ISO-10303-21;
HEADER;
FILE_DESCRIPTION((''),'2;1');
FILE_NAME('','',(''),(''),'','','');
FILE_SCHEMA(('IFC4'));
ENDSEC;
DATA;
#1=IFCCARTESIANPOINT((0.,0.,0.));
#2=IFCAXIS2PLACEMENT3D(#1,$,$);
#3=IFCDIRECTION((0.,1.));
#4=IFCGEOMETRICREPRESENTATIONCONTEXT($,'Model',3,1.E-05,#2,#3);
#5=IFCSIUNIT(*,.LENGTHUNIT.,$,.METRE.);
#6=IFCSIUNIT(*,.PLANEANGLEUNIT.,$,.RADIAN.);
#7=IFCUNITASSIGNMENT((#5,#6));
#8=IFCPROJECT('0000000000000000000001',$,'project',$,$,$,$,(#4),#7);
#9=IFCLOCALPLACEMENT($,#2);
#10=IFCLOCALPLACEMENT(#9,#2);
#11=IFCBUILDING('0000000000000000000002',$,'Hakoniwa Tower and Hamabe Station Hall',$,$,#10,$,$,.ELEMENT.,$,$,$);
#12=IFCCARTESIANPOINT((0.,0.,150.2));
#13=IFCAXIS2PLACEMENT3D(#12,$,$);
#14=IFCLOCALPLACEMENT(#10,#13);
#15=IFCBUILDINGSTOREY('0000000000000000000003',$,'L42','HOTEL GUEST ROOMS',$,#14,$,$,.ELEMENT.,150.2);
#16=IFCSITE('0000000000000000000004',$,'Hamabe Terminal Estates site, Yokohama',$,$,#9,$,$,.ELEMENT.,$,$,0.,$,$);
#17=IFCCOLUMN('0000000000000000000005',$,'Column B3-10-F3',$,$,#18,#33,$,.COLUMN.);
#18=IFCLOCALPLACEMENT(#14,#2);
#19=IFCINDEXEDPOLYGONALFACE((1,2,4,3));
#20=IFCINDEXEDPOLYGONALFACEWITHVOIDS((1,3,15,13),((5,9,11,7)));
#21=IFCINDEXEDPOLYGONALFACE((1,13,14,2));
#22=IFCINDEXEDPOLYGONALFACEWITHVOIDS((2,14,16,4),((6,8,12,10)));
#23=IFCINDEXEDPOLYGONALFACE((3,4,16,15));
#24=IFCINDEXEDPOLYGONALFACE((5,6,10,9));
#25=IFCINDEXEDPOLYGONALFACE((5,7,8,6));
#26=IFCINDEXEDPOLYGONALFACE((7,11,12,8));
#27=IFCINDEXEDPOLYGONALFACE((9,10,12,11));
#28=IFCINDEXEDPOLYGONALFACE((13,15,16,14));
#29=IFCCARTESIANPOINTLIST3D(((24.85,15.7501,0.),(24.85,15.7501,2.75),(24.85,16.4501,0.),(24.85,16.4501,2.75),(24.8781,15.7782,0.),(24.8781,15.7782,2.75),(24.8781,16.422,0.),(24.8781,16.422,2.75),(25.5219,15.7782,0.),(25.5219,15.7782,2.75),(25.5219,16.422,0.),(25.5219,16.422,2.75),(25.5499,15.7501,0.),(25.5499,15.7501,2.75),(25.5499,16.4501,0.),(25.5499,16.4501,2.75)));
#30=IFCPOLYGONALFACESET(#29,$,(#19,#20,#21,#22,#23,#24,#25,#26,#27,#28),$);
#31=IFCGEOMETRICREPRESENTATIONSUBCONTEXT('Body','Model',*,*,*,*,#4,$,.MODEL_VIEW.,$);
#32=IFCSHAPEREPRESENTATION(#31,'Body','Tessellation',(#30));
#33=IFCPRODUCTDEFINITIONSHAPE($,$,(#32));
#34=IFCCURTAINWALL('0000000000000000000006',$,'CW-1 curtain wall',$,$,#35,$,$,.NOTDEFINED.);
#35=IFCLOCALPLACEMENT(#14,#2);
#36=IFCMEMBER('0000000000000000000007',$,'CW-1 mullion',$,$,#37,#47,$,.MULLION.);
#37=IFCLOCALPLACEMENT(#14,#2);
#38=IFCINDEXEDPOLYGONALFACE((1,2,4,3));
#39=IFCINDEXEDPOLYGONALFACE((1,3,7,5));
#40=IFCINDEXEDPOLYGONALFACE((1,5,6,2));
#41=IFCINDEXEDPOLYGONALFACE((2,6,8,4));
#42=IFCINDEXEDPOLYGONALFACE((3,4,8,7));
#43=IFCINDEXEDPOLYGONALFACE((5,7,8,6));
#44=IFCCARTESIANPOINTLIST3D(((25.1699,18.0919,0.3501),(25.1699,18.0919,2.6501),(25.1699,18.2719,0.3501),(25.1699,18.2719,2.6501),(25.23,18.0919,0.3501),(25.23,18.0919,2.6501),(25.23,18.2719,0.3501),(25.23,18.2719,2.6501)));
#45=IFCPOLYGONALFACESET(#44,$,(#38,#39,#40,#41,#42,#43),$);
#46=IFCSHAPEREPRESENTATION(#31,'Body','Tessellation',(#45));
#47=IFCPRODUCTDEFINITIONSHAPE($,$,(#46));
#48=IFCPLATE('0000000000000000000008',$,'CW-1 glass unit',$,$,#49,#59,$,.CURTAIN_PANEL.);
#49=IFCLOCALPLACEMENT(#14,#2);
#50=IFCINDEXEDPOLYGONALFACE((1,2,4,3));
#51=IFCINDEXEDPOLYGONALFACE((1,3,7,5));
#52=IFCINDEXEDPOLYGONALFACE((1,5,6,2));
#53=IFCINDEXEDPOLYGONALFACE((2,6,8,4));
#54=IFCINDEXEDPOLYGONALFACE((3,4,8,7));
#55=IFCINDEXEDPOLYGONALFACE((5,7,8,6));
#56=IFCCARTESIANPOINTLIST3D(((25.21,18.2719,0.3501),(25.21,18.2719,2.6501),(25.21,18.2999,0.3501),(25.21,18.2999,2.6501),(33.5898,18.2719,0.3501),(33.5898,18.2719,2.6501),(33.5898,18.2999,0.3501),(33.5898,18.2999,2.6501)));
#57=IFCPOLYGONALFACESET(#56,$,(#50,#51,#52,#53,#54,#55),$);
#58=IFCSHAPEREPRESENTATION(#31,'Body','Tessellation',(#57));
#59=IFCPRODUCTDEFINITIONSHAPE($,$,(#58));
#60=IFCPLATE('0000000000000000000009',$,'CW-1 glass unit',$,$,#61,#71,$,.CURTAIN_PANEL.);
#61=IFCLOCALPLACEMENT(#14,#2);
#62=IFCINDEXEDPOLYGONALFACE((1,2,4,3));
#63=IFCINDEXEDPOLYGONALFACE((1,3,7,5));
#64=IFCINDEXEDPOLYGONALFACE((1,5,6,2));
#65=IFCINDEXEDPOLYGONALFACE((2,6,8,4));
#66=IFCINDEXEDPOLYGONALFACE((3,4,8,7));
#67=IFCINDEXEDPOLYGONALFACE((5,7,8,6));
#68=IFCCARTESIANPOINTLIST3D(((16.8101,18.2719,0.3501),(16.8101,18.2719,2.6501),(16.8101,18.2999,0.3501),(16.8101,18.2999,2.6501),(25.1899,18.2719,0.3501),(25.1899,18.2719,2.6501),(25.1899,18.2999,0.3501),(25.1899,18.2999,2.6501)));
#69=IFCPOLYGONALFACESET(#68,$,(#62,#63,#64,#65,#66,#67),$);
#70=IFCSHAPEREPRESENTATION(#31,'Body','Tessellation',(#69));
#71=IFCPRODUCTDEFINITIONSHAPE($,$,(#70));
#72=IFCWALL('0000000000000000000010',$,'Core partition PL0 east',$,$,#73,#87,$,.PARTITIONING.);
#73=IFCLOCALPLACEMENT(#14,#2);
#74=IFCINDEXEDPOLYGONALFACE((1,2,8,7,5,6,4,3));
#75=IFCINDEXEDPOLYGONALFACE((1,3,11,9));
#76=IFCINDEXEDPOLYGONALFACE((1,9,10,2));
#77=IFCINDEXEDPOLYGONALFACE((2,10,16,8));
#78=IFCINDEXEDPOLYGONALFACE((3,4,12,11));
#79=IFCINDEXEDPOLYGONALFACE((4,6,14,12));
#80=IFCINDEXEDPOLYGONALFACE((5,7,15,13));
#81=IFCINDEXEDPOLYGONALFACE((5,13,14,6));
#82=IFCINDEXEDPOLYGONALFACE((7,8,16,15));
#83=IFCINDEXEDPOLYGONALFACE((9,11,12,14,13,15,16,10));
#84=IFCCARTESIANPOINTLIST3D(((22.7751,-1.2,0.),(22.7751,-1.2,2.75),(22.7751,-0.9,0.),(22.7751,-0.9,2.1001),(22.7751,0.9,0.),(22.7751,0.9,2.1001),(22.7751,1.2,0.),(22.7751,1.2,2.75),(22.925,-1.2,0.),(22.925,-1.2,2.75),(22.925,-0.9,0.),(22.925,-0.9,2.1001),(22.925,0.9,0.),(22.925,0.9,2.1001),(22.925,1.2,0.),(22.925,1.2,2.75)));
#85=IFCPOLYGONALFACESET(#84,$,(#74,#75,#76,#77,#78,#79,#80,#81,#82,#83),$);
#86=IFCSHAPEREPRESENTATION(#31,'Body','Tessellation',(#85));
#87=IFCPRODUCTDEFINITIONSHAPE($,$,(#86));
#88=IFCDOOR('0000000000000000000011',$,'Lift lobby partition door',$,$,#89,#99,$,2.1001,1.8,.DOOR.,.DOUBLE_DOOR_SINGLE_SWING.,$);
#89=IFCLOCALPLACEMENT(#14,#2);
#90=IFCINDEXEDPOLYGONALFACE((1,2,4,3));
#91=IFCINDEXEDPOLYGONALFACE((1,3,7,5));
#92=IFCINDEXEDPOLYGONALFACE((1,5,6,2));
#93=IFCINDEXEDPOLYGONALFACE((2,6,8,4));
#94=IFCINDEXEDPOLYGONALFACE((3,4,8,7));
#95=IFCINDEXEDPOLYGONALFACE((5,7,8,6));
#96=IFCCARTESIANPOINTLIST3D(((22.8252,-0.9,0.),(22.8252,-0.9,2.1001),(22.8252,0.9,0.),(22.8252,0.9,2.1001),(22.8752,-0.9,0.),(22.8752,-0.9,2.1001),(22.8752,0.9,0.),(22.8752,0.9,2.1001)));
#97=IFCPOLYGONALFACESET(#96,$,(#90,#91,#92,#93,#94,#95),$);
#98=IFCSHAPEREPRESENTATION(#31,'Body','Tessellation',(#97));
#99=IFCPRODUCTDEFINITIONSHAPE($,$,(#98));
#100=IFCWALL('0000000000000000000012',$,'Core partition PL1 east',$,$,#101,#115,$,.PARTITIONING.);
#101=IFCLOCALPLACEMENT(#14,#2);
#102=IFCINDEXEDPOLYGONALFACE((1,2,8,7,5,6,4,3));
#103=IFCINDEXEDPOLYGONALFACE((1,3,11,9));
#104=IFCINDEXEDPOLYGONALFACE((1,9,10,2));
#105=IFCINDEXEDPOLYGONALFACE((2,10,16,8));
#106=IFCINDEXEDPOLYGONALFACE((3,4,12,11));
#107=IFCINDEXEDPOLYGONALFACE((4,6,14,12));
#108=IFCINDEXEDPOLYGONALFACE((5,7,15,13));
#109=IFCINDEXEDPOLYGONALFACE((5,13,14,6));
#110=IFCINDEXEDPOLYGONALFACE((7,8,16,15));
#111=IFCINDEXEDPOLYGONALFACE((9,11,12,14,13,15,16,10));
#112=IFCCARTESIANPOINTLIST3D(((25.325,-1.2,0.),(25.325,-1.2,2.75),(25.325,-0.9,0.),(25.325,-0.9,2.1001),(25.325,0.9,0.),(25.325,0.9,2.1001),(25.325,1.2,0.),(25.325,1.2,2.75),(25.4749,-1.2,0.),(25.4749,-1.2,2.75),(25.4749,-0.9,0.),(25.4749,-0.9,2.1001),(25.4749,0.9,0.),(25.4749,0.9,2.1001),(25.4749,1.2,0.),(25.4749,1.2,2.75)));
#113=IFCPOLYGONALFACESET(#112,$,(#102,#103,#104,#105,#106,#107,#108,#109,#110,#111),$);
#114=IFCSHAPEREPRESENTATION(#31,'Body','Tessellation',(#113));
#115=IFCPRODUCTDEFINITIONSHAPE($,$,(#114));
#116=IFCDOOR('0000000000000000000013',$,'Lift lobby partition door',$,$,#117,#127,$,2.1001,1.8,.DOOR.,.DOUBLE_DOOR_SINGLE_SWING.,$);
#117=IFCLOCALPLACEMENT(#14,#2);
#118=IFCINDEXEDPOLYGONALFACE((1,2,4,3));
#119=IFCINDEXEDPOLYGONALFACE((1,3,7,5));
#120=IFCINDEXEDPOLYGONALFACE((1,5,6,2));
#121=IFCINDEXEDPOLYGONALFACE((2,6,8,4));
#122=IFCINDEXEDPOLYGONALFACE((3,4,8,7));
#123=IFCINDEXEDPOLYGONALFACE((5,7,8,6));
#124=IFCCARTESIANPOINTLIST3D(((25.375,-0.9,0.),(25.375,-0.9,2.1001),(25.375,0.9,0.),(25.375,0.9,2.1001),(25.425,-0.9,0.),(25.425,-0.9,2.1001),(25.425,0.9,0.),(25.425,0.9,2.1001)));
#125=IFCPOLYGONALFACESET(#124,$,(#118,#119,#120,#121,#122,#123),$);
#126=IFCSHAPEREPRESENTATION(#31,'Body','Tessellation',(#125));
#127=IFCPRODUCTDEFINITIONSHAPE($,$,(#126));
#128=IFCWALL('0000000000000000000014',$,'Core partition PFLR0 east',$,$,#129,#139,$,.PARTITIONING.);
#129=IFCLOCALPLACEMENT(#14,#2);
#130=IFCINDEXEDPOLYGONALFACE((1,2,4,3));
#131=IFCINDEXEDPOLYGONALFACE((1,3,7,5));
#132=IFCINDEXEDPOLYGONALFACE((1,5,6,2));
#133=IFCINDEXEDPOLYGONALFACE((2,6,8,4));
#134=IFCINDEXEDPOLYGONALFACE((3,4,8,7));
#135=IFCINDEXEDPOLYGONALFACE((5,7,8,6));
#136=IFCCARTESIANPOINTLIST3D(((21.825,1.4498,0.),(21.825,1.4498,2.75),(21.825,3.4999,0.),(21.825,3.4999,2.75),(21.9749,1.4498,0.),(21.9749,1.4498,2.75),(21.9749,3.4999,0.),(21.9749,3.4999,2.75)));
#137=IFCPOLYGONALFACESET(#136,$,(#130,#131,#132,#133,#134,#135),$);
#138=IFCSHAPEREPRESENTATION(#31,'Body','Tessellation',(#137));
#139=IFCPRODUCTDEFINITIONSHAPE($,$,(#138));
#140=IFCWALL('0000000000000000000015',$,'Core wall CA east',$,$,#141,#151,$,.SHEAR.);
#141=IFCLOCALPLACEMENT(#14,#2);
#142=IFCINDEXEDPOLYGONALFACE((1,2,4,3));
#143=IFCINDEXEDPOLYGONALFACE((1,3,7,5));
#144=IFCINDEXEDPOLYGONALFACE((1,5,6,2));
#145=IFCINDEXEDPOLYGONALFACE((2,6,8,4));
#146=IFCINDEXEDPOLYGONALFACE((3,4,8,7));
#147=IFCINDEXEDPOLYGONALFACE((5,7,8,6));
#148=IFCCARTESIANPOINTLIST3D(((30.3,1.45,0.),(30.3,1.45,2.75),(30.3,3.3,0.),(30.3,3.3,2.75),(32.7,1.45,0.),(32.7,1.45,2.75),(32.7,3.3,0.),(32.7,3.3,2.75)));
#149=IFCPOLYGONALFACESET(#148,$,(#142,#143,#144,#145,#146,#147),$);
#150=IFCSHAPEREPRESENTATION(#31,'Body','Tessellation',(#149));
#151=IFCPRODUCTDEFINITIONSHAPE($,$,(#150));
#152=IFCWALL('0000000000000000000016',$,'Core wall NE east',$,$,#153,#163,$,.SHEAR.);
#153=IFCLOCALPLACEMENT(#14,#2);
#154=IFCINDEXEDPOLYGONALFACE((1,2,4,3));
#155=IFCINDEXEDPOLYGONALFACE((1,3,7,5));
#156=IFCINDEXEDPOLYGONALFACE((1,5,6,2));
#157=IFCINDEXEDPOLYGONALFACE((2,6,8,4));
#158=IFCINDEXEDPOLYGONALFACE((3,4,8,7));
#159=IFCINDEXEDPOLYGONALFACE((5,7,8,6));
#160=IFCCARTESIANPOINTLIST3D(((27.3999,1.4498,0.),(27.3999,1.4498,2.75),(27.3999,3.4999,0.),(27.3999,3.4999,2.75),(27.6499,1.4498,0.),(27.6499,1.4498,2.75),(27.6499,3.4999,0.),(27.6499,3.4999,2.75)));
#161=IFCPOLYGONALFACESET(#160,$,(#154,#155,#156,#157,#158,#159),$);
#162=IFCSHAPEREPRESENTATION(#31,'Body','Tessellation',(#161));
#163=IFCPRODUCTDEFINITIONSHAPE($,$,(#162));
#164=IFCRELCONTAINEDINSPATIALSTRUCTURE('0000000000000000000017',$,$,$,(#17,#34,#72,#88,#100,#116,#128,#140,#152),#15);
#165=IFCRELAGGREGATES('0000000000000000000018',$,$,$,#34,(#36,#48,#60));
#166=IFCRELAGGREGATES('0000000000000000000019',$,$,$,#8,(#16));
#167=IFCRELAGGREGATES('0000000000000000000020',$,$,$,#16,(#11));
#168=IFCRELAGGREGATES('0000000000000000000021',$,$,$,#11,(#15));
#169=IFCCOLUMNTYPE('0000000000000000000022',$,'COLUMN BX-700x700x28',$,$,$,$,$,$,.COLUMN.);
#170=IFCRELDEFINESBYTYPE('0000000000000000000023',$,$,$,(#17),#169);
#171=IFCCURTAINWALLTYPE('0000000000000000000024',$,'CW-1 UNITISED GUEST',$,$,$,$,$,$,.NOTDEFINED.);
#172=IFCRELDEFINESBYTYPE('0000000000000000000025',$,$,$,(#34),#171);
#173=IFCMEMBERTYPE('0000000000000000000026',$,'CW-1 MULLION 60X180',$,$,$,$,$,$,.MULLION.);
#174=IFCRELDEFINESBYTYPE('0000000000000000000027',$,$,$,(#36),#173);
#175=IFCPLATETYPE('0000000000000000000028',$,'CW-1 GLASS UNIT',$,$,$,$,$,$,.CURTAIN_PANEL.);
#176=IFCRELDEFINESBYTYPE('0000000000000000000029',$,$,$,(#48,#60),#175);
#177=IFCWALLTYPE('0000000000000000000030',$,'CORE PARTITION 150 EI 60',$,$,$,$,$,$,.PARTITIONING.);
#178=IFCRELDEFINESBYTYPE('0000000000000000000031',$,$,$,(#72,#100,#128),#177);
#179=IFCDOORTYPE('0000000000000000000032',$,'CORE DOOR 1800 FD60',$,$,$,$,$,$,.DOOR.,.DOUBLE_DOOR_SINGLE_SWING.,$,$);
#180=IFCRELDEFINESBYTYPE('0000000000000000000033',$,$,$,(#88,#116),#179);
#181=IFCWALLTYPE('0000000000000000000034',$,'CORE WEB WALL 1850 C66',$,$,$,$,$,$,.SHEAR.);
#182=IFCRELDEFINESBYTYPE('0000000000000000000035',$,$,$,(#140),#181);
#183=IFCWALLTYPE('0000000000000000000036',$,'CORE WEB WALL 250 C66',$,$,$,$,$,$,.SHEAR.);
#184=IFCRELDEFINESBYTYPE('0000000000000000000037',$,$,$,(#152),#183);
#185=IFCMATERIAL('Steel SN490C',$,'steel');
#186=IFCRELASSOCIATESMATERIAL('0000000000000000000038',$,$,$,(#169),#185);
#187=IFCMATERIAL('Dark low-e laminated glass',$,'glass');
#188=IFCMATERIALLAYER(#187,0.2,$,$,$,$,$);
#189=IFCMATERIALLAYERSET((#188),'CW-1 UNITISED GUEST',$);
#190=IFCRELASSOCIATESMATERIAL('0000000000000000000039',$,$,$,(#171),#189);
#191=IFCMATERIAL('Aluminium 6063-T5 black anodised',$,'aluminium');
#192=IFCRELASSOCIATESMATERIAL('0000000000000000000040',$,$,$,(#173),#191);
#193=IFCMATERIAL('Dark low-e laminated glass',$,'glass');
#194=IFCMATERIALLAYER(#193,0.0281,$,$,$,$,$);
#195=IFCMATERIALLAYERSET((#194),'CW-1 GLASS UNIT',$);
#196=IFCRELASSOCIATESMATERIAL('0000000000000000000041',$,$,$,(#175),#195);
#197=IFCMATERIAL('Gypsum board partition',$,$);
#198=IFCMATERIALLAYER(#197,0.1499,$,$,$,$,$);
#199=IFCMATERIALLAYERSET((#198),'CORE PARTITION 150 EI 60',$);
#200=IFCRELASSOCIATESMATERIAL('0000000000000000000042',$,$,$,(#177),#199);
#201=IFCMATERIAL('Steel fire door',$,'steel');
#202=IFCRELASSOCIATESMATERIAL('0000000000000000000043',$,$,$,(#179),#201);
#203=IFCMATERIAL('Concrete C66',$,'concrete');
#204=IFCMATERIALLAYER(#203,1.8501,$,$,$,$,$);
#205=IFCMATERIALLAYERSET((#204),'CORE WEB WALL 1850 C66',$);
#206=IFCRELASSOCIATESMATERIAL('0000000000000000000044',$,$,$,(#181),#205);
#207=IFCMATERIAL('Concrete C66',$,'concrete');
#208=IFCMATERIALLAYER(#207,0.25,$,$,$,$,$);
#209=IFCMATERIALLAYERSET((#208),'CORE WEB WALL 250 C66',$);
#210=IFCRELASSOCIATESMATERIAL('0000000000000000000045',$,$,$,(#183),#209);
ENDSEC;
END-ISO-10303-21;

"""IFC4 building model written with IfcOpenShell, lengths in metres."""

from ifc_helpers import new_model, si_unit, direction, frame, frame_2d, origin, origin_2d, place, context, subcontext, project, spatial, rectangle, hollow_rectangle, extrude, material, layer, layer_set, material_profile, profile_set, type_object, element, fill, aggregate, save


model = new_model("IFC4")

# Units and contexts
model_context = context("Model", 3, precision=1e-05, world=origin(), true_north=direction((0.0, 1.0)))
body_context = subcontext(model_context, "Body", "Model", "MODEL_VIEW")
ifc_project = project(units=[si_unit("LENGTHUNIT", "METRE"), si_unit("PLANEANGLEUNIT", "RADIAN")], contexts=[model_context])

# Site, building, storey
site_placement = place(None, origin())
site = spatial("IfcSite", under=ifc_project, at=site_placement, Name="Hamabe Terminal Estates site, Yokohama", CompositionType="ELEMENT", RefElevation=0.0)
building_placement = place(site_placement, origin())
building = spatial("IfcBuilding", under=site, at=building_placement, Name="Hakoniwa Tower and Hamabe Station Hall", CompositionType="ELEMENT")
storey_placement = place(building_placement, frame((0.0, 0.0, 150.2)))
storey = spatial("IfcBuildingStorey", under=building, at=storey_placement, Name="L42", Description="HOTEL GUEST ROOMS", CompositionType="ELEMENT", Elevation=150.2)

# Column
ifc_material_1 = material(Name="Steel SN490C", Category="steel")
ifc_material_profile_1 = material_profile(ifc_material_1, hollow_rectangle(XDim=0.7, YDim=0.7, WallThickness=0.0281, at=origin_2d()), Name="BX-700x700x28")
ifc_profile_set_1 = profile_set([ifc_material_profile_1], Name="Steel SN490C")
column_type = type_object("IfcColumnType", Name="COLUMN BX-700x700x28", PredefinedType="COLUMN", material=ifc_profile_set_1)
column_placement = place(storey_placement, frame((25.2, 16.1001, 0.0), z_axis=(0.0, 0.0, 1.0), x_axis=(1.0, 0.0, 0.0)))
element("IfcColumn", 1, at=column_placement, inside=storey, type_object=column_type, Name="Column B3-10-F3", PredefinedType="COLUMN", context=body_context, shape_type="SweptSolid", body=[
    extrude(hollow_rectangle(XDim=0.7, YDim=0.7, WallThickness=0.0281, at=origin_2d()), origin(), (0.0, 0.0, 1.0), 2.75),
])

# Curtain wall, member, plates
ifc_material_2 = material(Name="Dark low-e laminated glass", Category="glass")
ifc_layer_1 = layer(ifc_material_2, 0.2)
ifc_layer_set_1 = layer_set([ifc_layer_1], Name="CW-1 UNITISED GUEST")
curtain_wall_type = type_object("IfcCurtainWallType", Name="CW-1 UNITISED GUEST", PredefinedType="NOTDEFINED", material=ifc_layer_set_1)
curtain_wall_placement = place(storey_placement, origin())
curtain_wall = element("IfcCurtainWall", 2, at=curtain_wall_placement, inside=storey, type_object=curtain_wall_type, Name="CW-1 curtain wall", PredefinedType="NOTDEFINED")
ifc_material_3 = material(Name="Aluminium 6063-T5 black anodised", Category="aluminium")
ifc_material_profile_2 = material_profile(ifc_material_3, rectangle(XDim=0.0601, YDim=0.1799, at=origin_2d()), Name="CW-1 MULLION 60X180")
ifc_profile_set_2 = profile_set([ifc_material_profile_2], Name="Aluminium 6063-T5 black anodised")
member_type = type_object("IfcMemberType", Name="CW-1 MULLION 60X180", PredefinedType="MULLION", material=ifc_profile_set_2)
member_placement = place(storey_placement, frame((25.2, 18.1819, 0.3501), z_axis=(0.0, 0.0, 1.0), x_axis=(-1.0, 0.0, 0.0)))
member = element("IfcMember", 3, at=member_placement, type_object=member_type, Name="CW-1 mullion", PredefinedType="MULLION", context=body_context, shape_type="SweptSolid", body=[
    extrude(rectangle(XDim=0.0601, YDim=0.1799, at=origin_2d()), origin(), (0.0, 0.0, 1.0), 2.3),
])
ifc_material_4 = material(Name="Dark low-e laminated glass", Category="glass")
ifc_layer_2 = layer(ifc_material_4, 0.0281)
ifc_layer_set_2 = layer_set([ifc_layer_2], Name="CW-1 GLASS UNIT")
plate_type = type_object("IfcPlateType", Name="CW-1 GLASS UNIT", PredefinedType="CURTAIN_PANEL", material=ifc_layer_set_2)
plate_1_placement = place(storey_placement, frame((29.3999, 18.2859, 0.3501), z_axis=(0.0, 0.0, 1.0), x_axis=(-1.0, 0.0, 0.0)))
plate_1 = element("IfcPlate", 4, at=plate_1_placement, type_object=plate_type, Name="CW-1 glass unit", PredefinedType="CURTAIN_PANEL", context=body_context, shape_type="SweptSolid", body=[
    extrude(rectangle(XDim=8.3799, YDim=0.0281, at=origin_2d()), origin(), (0.0, 0.0, 1.0), 2.3),
])
plate_2_placement = place(storey_placement, frame((21.0, 18.2859, 0.3501), z_axis=(0.0, 0.0, 1.0), x_axis=(-1.0, 0.0, 0.0)))
plate_2 = element("IfcPlate", 5, at=plate_2_placement, type_object=plate_type, Name="CW-1 glass unit", PredefinedType="CURTAIN_PANEL", context=body_context, shape_type="SweptSolid", body=[
    extrude(rectangle(XDim=8.3799, YDim=0.0281, at=origin_2d()), origin(), (0.0, 0.0, 1.0), 2.3),
])
aggregate(curtain_wall, [member, plate_1, plate_2])

# Walls, openings, doors
ifc_material_5 = material(Name="Gypsum board partition")
ifc_layer_3 = layer(ifc_material_5, 0.1499)
ifc_layer_set_3 = layer_set([ifc_layer_3], Name="CORE PARTITION 150 EI 60")
wall_type_1 = type_object("IfcWallType", Name="CORE PARTITION 150 EI 60", PredefinedType="PARTITIONING", material=ifc_layer_set_3)
wall_1_placement = place(storey_placement, frame((22.8501, -1.2, 0.0), z_axis=(0.0, 0.0, 1.0), x_axis=(0.0, 1.0, 0.0)))
wall_1 = element("IfcWall", 6, at=wall_1_placement, inside=storey, type_object=wall_type_1, Name="Core partition PL0 east", PredefinedType="PARTITIONING", context=body_context, shape_type="SweptSolid", body=[
    extrude(rectangle(XDim=2.3999, YDim=0.1499, at=frame_2d((1.2, 0.0))), origin(), (0.0, 0.0, 1.0), 2.75),
])
opening_1_placement = place(wall_1_placement, frame((0.3, 0.0, 0.0)))
opening_1 = element("IfcOpeningElement", 7, at=opening_1_placement, cuts=wall_1, PredefinedType="OPENING", context=body_context, shape_type="SweptSolid", body=[
    extrude(rectangle(XDim=1.8, YDim=2.1001, at=frame_2d((0.8999, 1.05))), frame((0.0, 0.085, 0.0), z_axis=(0.0, -1.0, 0.0), x_axis=(1.0, 0.0, 0.0)), (0.0, 0.0, 1.0), 0.1699),
])
ifc_material_6 = material(Name="Steel fire door", Category="steel")
door_type_1 = type_object("IfcDoorType", Name="CORE DOOR 1800 FD60", OperationType="DOUBLE_DOOR_SINGLE_SWING", PredefinedType="DOOR", material=ifc_material_6)
door_1_placement = place(opening_1_placement, origin())
door_1 = element("IfcDoor", 8, at=door_1_placement, inside=storey, type_object=door_type_1, Name="Lift lobby partition door", OperationType="DOUBLE_DOOR_SINGLE_SWING", OverallHeight=2.1001, OverallWidth=1.8, PredefinedType="DOOR", context=body_context, shape_type="SweptSolid", body=[
    extrude(rectangle(XDim=1.8, YDim=2.1001, at=frame_2d((0.8999, 1.05))), frame((0.0, 0.0249, 0.0), z_axis=(0.0, -1.0, 0.0), x_axis=(1.0, 0.0, 0.0)), (0.0, 0.0, 1.0), 0.05),
])
fill(opening_1, door_1)
wall_2_placement = place(storey_placement, frame((25.3999, -1.2, 0.0), z_axis=(0.0, 0.0, 1.0), x_axis=(0.0, 1.0, 0.0)))
wall_2 = element("IfcWall", 9, at=wall_2_placement, inside=storey, type_object=wall_type_1, Name="Core partition PL1 east", PredefinedType="PARTITIONING", context=body_context, shape_type="SweptSolid", body=[
    extrude(rectangle(XDim=2.3999, YDim=0.1499, at=frame_2d((1.2, 0.0))), origin(), (0.0, 0.0, 1.0), 2.75),
])
opening_2_placement = place(wall_2_placement, frame((0.3, 0.0, 0.0)))
opening_2 = element("IfcOpeningElement", 10, at=opening_2_placement, cuts=wall_2, PredefinedType="OPENING", context=body_context, shape_type="SweptSolid", body=[
    extrude(rectangle(XDim=1.8, YDim=2.1001, at=frame_2d((0.8999, 1.05))), frame((0.0, 0.085, 0.0), z_axis=(0.0, -1.0, 0.0), x_axis=(1.0, 0.0, 0.0)), (0.0, 0.0, 1.0), 0.1699),
])
door_2_placement = place(opening_2_placement, origin())
door_2 = element("IfcDoor", 11, at=door_2_placement, inside=storey, type_object=door_type_1, Name="Lift lobby partition door", OperationType="DOUBLE_DOOR_SINGLE_SWING", OverallHeight=2.1001, OverallWidth=1.8, PredefinedType="DOOR", context=body_context, shape_type="SweptSolid", body=[
    extrude(rectangle(XDim=1.8, YDim=2.1001, at=frame_2d((0.8999, 1.05))), frame((0.0, 0.0249, 0.0), z_axis=(0.0, -1.0, 0.0), x_axis=(1.0, 0.0, 0.0)), (0.0, 0.0, 1.0), 0.05),
])
fill(opening_2, door_2)

# Walls
wall_3_placement = place(storey_placement, frame((21.8999, 1.45, 0.0), z_axis=(0.0, 0.0, 1.0), x_axis=(0.0, 1.0, 0.0)))
element("IfcWall", 12, at=wall_3_placement, inside=storey, type_object=wall_type_1, Name="Core partition PFLR0 east", PredefinedType="PARTITIONING", context=body_context, shape_type="SweptSolid", body=[
    extrude(rectangle(XDim=2.05, YDim=0.1499, at=frame_2d((1.0249, 0.0))), origin(), (0.0, 0.0, 1.0), 2.75),
])
ifc_material_7 = material(Name="Concrete C66", Category="concrete")
ifc_layer_4 = layer(ifc_material_7, 1.8501)
ifc_layer_set_4 = layer_set([ifc_layer_4], Name="CORE WEB WALL 1850 C66")
wall_type_2 = type_object("IfcWallType", Name="CORE WEB WALL 1850 C66", PredefinedType="SHEAR", material=ifc_layer_set_4)
wall_4_placement = place(storey_placement, frame((30.3, 2.375, 0.0), z_axis=(0.0, 0.0, 1.0), x_axis=(1.0, 0.0, 0.0)))
element("IfcWall", 13, at=wall_4_placement, inside=storey, type_object=wall_type_2, Name="Core wall CA east", PredefinedType="SHEAR", context=body_context, shape_type="SweptSolid", body=[
    extrude(rectangle(XDim=2.3999, YDim=1.8501, at=frame_2d((1.2, 0.0))), origin(), (0.0, 0.0, 1.0), 2.75),
])
ifc_material_8 = material(Name="Concrete C66", Category="concrete")
ifc_layer_5 = layer(ifc_material_8, 0.25)
ifc_layer_set_5 = layer_set([ifc_layer_5], Name="CORE WEB WALL 250 C66")
wall_type_3 = type_object("IfcWallType", Name="CORE WEB WALL 250 C66", PredefinedType="SHEAR", material=ifc_layer_set_5)
wall_5_placement = place(storey_placement, frame((27.5249, 1.45, 0.0), z_axis=(0.0, 0.0, 1.0), x_axis=(0.0, 1.0, 0.0)))
element("IfcWall", 14, at=wall_5_placement, inside=storey, type_object=wall_type_3, Name="Core wall NE east", PredefinedType="SHEAR", context=body_context, shape_type="SweptSolid", body=[
    extrude(rectangle(XDim=2.05, YDim=0.25, at=frame_2d((1.0249, 0.0))), origin(), (0.0, 0.0, 1.0), 2.75),
])

save(model, "model.ifc")
